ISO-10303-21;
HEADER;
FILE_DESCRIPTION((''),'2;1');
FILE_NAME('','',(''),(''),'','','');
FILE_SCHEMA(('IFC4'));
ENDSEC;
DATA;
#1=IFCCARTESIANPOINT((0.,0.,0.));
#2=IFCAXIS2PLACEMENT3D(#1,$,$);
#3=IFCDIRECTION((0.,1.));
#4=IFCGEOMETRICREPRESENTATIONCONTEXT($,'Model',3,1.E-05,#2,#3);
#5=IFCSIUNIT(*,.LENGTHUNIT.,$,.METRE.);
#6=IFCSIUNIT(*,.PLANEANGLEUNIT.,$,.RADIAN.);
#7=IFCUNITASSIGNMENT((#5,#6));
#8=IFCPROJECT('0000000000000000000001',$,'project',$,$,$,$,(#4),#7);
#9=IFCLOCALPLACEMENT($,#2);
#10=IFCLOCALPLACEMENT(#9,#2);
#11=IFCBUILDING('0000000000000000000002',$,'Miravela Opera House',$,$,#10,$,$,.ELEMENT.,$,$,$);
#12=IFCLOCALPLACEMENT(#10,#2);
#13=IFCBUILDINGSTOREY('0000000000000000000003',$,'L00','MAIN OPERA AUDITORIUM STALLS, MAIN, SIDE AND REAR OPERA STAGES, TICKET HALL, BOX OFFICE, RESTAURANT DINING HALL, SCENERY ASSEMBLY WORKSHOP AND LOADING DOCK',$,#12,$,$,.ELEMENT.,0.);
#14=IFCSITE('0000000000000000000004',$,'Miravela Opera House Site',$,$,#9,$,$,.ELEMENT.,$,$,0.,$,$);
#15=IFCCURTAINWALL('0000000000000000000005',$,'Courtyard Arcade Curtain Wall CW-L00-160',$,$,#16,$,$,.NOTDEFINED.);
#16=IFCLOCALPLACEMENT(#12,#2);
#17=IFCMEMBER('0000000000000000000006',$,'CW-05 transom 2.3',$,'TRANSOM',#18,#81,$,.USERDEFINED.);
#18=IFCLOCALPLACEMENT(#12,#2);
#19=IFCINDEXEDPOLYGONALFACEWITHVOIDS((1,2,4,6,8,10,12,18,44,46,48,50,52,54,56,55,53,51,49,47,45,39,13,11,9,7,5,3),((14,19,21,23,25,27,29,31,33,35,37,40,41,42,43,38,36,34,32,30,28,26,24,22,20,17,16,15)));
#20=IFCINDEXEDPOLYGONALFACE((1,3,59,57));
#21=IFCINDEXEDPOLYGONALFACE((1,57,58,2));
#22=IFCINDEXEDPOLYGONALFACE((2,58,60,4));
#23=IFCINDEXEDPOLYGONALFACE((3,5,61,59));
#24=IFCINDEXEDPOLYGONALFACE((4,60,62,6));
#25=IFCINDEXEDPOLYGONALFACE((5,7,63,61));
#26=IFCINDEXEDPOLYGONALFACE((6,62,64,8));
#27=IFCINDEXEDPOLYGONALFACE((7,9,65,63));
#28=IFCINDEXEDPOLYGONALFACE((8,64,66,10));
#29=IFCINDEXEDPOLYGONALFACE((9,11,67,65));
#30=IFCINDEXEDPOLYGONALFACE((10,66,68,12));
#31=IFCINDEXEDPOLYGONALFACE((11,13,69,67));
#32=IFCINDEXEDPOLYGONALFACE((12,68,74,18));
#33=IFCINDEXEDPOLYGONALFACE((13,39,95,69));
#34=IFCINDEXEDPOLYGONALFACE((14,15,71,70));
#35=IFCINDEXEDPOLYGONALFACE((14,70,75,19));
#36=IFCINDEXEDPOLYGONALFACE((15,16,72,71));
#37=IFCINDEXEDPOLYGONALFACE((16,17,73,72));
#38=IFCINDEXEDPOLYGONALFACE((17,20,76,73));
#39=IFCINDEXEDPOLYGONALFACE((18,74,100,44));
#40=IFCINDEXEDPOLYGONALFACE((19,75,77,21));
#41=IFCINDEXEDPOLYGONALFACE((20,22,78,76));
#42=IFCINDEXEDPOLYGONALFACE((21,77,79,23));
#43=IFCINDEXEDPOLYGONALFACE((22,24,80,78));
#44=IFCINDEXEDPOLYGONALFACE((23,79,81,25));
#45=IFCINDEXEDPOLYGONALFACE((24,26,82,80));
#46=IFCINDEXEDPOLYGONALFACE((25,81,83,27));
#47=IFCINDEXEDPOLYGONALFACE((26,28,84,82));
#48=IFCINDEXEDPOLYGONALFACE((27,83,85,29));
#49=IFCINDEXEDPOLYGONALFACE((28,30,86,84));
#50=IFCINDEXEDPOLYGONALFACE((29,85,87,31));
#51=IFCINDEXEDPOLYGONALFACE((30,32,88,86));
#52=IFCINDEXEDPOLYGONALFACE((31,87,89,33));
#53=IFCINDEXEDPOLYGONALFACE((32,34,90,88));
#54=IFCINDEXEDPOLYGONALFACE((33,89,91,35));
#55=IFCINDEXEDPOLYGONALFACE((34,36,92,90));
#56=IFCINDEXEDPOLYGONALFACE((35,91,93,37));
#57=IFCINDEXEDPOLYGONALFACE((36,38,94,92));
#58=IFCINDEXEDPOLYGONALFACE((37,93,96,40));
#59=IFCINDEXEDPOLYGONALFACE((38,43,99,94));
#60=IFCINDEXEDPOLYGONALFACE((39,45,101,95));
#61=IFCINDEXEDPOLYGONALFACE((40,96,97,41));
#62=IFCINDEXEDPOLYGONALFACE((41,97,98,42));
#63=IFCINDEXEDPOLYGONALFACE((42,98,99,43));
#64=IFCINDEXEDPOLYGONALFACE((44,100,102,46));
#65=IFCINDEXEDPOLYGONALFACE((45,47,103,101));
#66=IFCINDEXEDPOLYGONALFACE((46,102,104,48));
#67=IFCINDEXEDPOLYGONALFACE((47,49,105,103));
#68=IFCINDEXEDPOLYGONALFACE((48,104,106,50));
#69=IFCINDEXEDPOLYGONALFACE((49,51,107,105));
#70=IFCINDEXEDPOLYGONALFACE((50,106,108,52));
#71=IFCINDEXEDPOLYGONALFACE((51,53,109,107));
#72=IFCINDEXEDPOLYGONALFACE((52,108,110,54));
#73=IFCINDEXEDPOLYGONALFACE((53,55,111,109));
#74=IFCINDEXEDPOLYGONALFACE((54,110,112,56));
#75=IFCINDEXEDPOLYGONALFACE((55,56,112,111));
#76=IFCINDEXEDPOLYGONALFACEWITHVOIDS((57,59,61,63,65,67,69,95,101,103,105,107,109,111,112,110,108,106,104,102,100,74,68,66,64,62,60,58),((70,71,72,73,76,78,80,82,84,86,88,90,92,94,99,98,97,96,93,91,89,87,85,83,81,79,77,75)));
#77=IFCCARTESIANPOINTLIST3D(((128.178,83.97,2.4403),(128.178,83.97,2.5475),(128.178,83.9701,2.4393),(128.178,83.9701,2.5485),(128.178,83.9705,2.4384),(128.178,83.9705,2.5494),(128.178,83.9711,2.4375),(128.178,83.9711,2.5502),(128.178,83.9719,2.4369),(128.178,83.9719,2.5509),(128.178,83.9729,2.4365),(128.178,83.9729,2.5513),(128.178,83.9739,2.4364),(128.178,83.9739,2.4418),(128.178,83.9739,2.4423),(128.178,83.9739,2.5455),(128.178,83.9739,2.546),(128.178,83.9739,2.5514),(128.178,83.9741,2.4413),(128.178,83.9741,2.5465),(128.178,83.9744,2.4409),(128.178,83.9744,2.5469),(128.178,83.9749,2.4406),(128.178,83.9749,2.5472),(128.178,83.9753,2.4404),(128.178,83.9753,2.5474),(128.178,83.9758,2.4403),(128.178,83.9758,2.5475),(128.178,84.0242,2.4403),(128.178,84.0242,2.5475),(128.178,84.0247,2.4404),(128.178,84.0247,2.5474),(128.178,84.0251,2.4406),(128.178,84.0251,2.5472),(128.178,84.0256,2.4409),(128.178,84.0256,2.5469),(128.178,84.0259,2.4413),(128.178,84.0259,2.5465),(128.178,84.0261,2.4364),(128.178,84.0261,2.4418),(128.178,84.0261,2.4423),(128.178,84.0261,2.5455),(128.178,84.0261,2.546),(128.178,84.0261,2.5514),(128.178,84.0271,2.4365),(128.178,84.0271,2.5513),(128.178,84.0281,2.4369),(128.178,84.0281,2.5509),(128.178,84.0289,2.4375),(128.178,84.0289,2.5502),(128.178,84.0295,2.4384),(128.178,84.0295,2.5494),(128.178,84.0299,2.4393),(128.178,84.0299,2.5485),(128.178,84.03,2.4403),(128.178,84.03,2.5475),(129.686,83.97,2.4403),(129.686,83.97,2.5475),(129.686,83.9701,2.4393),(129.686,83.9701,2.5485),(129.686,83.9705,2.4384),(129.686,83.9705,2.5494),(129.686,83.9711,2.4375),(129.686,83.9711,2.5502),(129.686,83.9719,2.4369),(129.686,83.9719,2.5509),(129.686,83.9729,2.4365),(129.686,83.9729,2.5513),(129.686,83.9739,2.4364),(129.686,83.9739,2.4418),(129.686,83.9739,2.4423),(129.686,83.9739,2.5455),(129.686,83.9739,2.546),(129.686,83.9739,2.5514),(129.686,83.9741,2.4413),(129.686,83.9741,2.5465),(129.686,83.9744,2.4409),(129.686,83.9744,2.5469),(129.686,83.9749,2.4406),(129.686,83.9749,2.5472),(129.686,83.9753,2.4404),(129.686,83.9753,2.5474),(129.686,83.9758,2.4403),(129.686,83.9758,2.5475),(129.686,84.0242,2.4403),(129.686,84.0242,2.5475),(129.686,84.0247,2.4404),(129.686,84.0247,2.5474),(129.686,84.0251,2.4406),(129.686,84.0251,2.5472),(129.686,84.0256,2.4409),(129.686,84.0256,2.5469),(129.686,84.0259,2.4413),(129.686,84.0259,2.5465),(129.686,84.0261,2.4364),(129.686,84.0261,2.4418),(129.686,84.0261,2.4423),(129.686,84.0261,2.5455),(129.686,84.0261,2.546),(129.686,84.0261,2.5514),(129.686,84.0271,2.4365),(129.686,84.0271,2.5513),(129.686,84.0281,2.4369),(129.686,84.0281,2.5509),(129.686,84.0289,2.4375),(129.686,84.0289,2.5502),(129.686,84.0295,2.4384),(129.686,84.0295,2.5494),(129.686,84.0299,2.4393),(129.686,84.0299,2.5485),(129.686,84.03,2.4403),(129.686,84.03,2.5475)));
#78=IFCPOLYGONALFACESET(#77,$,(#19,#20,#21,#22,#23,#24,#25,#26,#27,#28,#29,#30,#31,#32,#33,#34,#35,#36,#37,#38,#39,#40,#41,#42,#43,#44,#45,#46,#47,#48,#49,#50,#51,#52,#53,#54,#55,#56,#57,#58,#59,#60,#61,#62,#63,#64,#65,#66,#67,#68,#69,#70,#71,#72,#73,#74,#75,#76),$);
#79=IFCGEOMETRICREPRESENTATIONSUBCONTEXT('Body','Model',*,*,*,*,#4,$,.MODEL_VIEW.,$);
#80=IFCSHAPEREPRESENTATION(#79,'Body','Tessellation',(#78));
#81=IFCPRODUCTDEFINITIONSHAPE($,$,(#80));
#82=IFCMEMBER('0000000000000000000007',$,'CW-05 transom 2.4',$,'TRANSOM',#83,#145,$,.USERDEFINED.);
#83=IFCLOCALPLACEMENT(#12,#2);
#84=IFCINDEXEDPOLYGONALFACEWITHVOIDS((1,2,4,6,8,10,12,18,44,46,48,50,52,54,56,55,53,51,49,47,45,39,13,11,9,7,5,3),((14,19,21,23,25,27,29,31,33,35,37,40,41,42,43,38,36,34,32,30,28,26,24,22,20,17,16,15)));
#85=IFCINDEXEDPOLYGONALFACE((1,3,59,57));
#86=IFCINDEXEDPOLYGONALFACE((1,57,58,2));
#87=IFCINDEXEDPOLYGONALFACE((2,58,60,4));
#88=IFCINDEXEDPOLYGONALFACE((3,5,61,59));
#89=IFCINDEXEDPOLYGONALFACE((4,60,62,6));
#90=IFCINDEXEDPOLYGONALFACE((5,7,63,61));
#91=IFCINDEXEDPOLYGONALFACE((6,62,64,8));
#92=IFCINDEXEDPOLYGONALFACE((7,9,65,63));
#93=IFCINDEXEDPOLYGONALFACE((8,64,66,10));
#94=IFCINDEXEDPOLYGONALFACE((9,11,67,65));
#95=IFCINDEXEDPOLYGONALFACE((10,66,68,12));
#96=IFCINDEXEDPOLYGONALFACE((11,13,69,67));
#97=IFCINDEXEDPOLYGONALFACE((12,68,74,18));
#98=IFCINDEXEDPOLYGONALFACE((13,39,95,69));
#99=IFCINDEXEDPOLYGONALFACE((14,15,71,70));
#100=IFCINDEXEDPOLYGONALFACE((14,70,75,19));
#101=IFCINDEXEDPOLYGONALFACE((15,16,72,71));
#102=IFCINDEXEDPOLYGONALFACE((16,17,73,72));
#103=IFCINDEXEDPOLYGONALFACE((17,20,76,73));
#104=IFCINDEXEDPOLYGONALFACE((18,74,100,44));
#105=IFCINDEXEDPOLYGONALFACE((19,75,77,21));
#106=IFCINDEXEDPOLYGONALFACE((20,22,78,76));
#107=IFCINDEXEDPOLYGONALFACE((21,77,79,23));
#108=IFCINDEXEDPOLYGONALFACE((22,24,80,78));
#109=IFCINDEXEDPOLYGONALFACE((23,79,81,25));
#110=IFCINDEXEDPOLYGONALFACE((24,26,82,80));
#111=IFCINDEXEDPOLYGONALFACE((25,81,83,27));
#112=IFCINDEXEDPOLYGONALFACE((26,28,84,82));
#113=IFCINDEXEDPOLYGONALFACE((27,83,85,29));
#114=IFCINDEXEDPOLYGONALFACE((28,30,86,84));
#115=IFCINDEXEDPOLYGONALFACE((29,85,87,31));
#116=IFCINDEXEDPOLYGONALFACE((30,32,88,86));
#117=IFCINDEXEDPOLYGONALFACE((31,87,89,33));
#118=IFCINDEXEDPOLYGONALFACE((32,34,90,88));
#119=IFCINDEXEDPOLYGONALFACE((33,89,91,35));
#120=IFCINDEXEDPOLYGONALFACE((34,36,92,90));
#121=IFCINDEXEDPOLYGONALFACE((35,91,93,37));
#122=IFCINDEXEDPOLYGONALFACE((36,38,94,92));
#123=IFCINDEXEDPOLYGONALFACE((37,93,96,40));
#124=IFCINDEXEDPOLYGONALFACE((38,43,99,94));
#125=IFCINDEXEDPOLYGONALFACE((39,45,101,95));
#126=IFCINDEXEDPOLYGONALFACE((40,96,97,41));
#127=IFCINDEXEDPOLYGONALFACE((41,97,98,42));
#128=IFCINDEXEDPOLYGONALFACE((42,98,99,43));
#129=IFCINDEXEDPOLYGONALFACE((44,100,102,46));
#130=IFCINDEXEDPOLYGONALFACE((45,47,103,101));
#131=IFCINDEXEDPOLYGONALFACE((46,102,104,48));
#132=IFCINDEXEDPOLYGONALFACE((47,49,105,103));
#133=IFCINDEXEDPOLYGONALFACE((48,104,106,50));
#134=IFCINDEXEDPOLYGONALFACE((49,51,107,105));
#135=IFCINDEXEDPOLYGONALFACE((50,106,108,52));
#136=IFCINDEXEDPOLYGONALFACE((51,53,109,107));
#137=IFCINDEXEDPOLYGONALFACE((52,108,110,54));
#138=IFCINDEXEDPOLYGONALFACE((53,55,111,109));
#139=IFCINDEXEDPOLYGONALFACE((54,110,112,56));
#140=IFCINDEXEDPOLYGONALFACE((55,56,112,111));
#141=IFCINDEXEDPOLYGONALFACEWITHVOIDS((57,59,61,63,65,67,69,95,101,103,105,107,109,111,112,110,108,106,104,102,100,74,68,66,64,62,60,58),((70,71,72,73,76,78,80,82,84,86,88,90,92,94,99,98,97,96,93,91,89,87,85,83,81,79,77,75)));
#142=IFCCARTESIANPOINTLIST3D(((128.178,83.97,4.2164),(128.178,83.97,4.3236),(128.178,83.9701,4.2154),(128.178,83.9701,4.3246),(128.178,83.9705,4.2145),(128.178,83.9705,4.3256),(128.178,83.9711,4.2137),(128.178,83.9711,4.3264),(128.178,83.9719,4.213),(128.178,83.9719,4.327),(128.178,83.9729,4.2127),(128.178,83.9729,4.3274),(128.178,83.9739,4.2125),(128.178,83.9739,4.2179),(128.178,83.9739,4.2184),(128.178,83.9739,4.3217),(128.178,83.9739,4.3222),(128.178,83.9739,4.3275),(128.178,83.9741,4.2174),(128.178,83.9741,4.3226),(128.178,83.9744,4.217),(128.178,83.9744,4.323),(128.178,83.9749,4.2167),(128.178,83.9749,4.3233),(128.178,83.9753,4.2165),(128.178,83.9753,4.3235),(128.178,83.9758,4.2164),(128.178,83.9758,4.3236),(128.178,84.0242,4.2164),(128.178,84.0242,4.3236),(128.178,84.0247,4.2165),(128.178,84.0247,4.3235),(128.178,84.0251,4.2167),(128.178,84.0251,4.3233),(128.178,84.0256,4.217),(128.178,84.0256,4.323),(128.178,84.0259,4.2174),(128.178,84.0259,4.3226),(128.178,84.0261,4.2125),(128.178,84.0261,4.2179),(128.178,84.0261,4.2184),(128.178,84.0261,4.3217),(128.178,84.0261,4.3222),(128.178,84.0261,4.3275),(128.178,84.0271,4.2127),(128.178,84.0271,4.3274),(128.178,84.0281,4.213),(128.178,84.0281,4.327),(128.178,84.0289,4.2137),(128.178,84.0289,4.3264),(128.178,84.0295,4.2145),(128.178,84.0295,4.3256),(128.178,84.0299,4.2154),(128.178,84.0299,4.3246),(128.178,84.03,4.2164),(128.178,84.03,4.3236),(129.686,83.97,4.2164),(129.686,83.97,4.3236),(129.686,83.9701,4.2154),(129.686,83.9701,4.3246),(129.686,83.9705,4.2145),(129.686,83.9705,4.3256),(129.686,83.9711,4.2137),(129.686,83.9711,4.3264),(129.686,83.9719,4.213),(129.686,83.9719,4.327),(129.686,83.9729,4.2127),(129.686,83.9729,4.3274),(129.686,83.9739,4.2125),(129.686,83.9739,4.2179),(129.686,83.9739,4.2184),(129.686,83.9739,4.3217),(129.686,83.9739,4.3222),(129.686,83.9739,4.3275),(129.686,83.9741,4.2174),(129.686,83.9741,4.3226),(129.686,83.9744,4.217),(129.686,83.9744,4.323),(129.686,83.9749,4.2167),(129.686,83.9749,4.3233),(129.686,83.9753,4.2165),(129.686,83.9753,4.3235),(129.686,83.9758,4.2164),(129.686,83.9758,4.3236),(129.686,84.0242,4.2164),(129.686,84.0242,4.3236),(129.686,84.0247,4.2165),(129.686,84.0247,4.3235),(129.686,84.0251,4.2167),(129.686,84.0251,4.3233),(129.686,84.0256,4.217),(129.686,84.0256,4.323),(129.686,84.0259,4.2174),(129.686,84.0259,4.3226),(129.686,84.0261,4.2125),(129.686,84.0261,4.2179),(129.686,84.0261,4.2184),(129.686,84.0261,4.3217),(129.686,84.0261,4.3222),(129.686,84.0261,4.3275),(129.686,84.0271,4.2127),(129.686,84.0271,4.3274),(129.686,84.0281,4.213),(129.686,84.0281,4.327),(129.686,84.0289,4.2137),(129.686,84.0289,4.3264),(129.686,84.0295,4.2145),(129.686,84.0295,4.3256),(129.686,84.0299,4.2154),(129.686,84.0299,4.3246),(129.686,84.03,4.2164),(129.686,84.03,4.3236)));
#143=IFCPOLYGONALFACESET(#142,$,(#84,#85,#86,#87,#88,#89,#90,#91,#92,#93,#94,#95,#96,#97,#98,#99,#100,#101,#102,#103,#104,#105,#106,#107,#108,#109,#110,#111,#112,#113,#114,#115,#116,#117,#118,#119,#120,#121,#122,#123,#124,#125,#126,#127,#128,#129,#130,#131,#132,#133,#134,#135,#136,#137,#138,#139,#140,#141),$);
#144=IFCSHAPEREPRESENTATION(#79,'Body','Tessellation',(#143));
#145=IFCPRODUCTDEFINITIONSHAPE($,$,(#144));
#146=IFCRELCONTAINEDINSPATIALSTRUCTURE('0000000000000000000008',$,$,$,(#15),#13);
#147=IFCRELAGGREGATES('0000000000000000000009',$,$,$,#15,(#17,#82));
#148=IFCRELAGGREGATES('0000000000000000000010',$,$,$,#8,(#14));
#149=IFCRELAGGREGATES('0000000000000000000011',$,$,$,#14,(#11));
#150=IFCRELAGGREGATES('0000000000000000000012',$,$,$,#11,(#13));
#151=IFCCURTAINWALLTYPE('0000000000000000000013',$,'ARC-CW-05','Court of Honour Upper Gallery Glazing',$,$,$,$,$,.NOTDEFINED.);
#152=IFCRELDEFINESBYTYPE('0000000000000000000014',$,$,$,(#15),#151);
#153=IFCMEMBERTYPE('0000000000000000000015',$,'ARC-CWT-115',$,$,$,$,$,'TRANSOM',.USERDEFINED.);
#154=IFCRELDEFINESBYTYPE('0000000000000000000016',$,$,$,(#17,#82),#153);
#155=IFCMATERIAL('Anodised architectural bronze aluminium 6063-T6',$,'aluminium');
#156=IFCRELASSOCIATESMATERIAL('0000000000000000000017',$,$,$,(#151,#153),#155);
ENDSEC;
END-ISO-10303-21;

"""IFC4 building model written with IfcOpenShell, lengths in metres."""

from ifc_helpers import new_model, si_unit, direction, frame, origin, origin_2d, place, context, subcontext, project, spatial, hollow_rectangle, extrude, material, material_profile, profile_set, type_object, element, aggregate, save


model = new_model("IFC4")

# Units and contexts
model_context = context("Model", 3, precision=1e-05, world=origin(), true_north=direction((0.0, 1.0)))
body_context = subcontext(model_context, "Body", "Model", "MODEL_VIEW")
ifc_project = project(units=[si_unit("LENGTHUNIT", "METRE"), si_unit("PLANEANGLEUNIT", "RADIAN")], contexts=[model_context])

# Site, building, storey
site_placement = place(None, origin())
site = spatial("IfcSite", under=ifc_project, at=site_placement, Name="Miravela Opera House Site", CompositionType="ELEMENT", RefElevation=0.0)
building_placement = place(site_placement, origin())
building = spatial("IfcBuilding", under=site, at=building_placement, Name="Miravela Opera House", CompositionType="ELEMENT")
storey_placement = place(building_placement, origin())
storey = spatial("IfcBuildingStorey", under=building, at=storey_placement, Name="L00", Description="MAIN OPERA AUDITORIUM STALLS, MAIN, SIDE AND REAR OPERA STAGES, TICKET HALL, BOX OFFICE, RESTAURANT DINING HALL, SCENERY ASSEMBLY WORKSHOP AND LOADING DOCK", CompositionType="ELEMENT", Elevation=0.0)

# Shared definitions
ifc_material_1 = material(Name="Anodised architectural bronze aluminium 6063-T6", Category="aluminium")
curtain_wall_type = type_object("IfcCurtainWallType", Name="ARC-CW-05", Description="Court of Honour Upper Gallery Glazing", PredefinedType="NOTDEFINED", material=ifc_material_1)

# Curtain wall, members
curtain_wall_1_placement = place(storey_placement, origin())
curtain_wall_1 = element("IfcCurtainWall", 1, at=curtain_wall_1_placement, inside=storey, type_object=curtain_wall_type, Name="Courtyard Arcade Curtain Wall CW-L00-160", PredefinedType="NOTDEFINED")
ifc_material_profile_1 = material_profile(ifc_material_1, hollow_rectangle(XDim=0.0601, YDim=0.115, WallThickness=0.0039, InnerFilletRadius=0.002, OuterFilletRadius=0.0039, at=origin_2d()), Name="CWT-60X115")
ifc_profile_set_1 = profile_set([ifc_material_profile_1])
member_type_1 = type_object("IfcMemberType", Name="ARC-CWT-115", ElementType="TRANSOM", PredefinedType="USERDEFINED", material=ifc_profile_set_1)
member_1_placement = place(storey_placement, frame((128.178, 84.0, 2.4939), z_axis=(1.0, 0.0, 0.0), x_axis=(0.0, 1.0, 0.0)))
member_1 = element("IfcMember", 2, at=member_1_placement, type_object=member_type_1, Name="CW-05 transom 2.3", ObjectType="TRANSOM", PredefinedType="USERDEFINED", context=body_context, shape_type="SweptSolid", body=[
    extrude(hollow_rectangle(XDim=0.0601, YDim=0.115, WallThickness=0.0039, InnerFilletRadius=0.002, OuterFilletRadius=0.0039, at=origin_2d()), origin(), (0.0, 0.0, 1.0), 1.5081),
])
member_2_placement = place(storey_placement, frame((128.178, 84.0, 4.27), z_axis=(1.0, 0.0, 0.0), x_axis=(0.0, 1.0, 0.0)))
member_2 = element("IfcMember", 3, at=member_2_placement, type_object=member_type_1, Name="CW-05 transom 2.4", ObjectType="TRANSOM", PredefinedType="USERDEFINED", context=body_context, shape_type="SweptSolid", body=[
    extrude(hollow_rectangle(XDim=0.0601, YDim=0.115, WallThickness=0.0039, InnerFilletRadius=0.002, OuterFilletRadius=0.0039, at=origin_2d()), origin(), (0.0, 0.0, 1.0), 1.5081),
])

aggregate(curtain_wall_1, [member_1, member_2])

save(model, "model.ifc")
